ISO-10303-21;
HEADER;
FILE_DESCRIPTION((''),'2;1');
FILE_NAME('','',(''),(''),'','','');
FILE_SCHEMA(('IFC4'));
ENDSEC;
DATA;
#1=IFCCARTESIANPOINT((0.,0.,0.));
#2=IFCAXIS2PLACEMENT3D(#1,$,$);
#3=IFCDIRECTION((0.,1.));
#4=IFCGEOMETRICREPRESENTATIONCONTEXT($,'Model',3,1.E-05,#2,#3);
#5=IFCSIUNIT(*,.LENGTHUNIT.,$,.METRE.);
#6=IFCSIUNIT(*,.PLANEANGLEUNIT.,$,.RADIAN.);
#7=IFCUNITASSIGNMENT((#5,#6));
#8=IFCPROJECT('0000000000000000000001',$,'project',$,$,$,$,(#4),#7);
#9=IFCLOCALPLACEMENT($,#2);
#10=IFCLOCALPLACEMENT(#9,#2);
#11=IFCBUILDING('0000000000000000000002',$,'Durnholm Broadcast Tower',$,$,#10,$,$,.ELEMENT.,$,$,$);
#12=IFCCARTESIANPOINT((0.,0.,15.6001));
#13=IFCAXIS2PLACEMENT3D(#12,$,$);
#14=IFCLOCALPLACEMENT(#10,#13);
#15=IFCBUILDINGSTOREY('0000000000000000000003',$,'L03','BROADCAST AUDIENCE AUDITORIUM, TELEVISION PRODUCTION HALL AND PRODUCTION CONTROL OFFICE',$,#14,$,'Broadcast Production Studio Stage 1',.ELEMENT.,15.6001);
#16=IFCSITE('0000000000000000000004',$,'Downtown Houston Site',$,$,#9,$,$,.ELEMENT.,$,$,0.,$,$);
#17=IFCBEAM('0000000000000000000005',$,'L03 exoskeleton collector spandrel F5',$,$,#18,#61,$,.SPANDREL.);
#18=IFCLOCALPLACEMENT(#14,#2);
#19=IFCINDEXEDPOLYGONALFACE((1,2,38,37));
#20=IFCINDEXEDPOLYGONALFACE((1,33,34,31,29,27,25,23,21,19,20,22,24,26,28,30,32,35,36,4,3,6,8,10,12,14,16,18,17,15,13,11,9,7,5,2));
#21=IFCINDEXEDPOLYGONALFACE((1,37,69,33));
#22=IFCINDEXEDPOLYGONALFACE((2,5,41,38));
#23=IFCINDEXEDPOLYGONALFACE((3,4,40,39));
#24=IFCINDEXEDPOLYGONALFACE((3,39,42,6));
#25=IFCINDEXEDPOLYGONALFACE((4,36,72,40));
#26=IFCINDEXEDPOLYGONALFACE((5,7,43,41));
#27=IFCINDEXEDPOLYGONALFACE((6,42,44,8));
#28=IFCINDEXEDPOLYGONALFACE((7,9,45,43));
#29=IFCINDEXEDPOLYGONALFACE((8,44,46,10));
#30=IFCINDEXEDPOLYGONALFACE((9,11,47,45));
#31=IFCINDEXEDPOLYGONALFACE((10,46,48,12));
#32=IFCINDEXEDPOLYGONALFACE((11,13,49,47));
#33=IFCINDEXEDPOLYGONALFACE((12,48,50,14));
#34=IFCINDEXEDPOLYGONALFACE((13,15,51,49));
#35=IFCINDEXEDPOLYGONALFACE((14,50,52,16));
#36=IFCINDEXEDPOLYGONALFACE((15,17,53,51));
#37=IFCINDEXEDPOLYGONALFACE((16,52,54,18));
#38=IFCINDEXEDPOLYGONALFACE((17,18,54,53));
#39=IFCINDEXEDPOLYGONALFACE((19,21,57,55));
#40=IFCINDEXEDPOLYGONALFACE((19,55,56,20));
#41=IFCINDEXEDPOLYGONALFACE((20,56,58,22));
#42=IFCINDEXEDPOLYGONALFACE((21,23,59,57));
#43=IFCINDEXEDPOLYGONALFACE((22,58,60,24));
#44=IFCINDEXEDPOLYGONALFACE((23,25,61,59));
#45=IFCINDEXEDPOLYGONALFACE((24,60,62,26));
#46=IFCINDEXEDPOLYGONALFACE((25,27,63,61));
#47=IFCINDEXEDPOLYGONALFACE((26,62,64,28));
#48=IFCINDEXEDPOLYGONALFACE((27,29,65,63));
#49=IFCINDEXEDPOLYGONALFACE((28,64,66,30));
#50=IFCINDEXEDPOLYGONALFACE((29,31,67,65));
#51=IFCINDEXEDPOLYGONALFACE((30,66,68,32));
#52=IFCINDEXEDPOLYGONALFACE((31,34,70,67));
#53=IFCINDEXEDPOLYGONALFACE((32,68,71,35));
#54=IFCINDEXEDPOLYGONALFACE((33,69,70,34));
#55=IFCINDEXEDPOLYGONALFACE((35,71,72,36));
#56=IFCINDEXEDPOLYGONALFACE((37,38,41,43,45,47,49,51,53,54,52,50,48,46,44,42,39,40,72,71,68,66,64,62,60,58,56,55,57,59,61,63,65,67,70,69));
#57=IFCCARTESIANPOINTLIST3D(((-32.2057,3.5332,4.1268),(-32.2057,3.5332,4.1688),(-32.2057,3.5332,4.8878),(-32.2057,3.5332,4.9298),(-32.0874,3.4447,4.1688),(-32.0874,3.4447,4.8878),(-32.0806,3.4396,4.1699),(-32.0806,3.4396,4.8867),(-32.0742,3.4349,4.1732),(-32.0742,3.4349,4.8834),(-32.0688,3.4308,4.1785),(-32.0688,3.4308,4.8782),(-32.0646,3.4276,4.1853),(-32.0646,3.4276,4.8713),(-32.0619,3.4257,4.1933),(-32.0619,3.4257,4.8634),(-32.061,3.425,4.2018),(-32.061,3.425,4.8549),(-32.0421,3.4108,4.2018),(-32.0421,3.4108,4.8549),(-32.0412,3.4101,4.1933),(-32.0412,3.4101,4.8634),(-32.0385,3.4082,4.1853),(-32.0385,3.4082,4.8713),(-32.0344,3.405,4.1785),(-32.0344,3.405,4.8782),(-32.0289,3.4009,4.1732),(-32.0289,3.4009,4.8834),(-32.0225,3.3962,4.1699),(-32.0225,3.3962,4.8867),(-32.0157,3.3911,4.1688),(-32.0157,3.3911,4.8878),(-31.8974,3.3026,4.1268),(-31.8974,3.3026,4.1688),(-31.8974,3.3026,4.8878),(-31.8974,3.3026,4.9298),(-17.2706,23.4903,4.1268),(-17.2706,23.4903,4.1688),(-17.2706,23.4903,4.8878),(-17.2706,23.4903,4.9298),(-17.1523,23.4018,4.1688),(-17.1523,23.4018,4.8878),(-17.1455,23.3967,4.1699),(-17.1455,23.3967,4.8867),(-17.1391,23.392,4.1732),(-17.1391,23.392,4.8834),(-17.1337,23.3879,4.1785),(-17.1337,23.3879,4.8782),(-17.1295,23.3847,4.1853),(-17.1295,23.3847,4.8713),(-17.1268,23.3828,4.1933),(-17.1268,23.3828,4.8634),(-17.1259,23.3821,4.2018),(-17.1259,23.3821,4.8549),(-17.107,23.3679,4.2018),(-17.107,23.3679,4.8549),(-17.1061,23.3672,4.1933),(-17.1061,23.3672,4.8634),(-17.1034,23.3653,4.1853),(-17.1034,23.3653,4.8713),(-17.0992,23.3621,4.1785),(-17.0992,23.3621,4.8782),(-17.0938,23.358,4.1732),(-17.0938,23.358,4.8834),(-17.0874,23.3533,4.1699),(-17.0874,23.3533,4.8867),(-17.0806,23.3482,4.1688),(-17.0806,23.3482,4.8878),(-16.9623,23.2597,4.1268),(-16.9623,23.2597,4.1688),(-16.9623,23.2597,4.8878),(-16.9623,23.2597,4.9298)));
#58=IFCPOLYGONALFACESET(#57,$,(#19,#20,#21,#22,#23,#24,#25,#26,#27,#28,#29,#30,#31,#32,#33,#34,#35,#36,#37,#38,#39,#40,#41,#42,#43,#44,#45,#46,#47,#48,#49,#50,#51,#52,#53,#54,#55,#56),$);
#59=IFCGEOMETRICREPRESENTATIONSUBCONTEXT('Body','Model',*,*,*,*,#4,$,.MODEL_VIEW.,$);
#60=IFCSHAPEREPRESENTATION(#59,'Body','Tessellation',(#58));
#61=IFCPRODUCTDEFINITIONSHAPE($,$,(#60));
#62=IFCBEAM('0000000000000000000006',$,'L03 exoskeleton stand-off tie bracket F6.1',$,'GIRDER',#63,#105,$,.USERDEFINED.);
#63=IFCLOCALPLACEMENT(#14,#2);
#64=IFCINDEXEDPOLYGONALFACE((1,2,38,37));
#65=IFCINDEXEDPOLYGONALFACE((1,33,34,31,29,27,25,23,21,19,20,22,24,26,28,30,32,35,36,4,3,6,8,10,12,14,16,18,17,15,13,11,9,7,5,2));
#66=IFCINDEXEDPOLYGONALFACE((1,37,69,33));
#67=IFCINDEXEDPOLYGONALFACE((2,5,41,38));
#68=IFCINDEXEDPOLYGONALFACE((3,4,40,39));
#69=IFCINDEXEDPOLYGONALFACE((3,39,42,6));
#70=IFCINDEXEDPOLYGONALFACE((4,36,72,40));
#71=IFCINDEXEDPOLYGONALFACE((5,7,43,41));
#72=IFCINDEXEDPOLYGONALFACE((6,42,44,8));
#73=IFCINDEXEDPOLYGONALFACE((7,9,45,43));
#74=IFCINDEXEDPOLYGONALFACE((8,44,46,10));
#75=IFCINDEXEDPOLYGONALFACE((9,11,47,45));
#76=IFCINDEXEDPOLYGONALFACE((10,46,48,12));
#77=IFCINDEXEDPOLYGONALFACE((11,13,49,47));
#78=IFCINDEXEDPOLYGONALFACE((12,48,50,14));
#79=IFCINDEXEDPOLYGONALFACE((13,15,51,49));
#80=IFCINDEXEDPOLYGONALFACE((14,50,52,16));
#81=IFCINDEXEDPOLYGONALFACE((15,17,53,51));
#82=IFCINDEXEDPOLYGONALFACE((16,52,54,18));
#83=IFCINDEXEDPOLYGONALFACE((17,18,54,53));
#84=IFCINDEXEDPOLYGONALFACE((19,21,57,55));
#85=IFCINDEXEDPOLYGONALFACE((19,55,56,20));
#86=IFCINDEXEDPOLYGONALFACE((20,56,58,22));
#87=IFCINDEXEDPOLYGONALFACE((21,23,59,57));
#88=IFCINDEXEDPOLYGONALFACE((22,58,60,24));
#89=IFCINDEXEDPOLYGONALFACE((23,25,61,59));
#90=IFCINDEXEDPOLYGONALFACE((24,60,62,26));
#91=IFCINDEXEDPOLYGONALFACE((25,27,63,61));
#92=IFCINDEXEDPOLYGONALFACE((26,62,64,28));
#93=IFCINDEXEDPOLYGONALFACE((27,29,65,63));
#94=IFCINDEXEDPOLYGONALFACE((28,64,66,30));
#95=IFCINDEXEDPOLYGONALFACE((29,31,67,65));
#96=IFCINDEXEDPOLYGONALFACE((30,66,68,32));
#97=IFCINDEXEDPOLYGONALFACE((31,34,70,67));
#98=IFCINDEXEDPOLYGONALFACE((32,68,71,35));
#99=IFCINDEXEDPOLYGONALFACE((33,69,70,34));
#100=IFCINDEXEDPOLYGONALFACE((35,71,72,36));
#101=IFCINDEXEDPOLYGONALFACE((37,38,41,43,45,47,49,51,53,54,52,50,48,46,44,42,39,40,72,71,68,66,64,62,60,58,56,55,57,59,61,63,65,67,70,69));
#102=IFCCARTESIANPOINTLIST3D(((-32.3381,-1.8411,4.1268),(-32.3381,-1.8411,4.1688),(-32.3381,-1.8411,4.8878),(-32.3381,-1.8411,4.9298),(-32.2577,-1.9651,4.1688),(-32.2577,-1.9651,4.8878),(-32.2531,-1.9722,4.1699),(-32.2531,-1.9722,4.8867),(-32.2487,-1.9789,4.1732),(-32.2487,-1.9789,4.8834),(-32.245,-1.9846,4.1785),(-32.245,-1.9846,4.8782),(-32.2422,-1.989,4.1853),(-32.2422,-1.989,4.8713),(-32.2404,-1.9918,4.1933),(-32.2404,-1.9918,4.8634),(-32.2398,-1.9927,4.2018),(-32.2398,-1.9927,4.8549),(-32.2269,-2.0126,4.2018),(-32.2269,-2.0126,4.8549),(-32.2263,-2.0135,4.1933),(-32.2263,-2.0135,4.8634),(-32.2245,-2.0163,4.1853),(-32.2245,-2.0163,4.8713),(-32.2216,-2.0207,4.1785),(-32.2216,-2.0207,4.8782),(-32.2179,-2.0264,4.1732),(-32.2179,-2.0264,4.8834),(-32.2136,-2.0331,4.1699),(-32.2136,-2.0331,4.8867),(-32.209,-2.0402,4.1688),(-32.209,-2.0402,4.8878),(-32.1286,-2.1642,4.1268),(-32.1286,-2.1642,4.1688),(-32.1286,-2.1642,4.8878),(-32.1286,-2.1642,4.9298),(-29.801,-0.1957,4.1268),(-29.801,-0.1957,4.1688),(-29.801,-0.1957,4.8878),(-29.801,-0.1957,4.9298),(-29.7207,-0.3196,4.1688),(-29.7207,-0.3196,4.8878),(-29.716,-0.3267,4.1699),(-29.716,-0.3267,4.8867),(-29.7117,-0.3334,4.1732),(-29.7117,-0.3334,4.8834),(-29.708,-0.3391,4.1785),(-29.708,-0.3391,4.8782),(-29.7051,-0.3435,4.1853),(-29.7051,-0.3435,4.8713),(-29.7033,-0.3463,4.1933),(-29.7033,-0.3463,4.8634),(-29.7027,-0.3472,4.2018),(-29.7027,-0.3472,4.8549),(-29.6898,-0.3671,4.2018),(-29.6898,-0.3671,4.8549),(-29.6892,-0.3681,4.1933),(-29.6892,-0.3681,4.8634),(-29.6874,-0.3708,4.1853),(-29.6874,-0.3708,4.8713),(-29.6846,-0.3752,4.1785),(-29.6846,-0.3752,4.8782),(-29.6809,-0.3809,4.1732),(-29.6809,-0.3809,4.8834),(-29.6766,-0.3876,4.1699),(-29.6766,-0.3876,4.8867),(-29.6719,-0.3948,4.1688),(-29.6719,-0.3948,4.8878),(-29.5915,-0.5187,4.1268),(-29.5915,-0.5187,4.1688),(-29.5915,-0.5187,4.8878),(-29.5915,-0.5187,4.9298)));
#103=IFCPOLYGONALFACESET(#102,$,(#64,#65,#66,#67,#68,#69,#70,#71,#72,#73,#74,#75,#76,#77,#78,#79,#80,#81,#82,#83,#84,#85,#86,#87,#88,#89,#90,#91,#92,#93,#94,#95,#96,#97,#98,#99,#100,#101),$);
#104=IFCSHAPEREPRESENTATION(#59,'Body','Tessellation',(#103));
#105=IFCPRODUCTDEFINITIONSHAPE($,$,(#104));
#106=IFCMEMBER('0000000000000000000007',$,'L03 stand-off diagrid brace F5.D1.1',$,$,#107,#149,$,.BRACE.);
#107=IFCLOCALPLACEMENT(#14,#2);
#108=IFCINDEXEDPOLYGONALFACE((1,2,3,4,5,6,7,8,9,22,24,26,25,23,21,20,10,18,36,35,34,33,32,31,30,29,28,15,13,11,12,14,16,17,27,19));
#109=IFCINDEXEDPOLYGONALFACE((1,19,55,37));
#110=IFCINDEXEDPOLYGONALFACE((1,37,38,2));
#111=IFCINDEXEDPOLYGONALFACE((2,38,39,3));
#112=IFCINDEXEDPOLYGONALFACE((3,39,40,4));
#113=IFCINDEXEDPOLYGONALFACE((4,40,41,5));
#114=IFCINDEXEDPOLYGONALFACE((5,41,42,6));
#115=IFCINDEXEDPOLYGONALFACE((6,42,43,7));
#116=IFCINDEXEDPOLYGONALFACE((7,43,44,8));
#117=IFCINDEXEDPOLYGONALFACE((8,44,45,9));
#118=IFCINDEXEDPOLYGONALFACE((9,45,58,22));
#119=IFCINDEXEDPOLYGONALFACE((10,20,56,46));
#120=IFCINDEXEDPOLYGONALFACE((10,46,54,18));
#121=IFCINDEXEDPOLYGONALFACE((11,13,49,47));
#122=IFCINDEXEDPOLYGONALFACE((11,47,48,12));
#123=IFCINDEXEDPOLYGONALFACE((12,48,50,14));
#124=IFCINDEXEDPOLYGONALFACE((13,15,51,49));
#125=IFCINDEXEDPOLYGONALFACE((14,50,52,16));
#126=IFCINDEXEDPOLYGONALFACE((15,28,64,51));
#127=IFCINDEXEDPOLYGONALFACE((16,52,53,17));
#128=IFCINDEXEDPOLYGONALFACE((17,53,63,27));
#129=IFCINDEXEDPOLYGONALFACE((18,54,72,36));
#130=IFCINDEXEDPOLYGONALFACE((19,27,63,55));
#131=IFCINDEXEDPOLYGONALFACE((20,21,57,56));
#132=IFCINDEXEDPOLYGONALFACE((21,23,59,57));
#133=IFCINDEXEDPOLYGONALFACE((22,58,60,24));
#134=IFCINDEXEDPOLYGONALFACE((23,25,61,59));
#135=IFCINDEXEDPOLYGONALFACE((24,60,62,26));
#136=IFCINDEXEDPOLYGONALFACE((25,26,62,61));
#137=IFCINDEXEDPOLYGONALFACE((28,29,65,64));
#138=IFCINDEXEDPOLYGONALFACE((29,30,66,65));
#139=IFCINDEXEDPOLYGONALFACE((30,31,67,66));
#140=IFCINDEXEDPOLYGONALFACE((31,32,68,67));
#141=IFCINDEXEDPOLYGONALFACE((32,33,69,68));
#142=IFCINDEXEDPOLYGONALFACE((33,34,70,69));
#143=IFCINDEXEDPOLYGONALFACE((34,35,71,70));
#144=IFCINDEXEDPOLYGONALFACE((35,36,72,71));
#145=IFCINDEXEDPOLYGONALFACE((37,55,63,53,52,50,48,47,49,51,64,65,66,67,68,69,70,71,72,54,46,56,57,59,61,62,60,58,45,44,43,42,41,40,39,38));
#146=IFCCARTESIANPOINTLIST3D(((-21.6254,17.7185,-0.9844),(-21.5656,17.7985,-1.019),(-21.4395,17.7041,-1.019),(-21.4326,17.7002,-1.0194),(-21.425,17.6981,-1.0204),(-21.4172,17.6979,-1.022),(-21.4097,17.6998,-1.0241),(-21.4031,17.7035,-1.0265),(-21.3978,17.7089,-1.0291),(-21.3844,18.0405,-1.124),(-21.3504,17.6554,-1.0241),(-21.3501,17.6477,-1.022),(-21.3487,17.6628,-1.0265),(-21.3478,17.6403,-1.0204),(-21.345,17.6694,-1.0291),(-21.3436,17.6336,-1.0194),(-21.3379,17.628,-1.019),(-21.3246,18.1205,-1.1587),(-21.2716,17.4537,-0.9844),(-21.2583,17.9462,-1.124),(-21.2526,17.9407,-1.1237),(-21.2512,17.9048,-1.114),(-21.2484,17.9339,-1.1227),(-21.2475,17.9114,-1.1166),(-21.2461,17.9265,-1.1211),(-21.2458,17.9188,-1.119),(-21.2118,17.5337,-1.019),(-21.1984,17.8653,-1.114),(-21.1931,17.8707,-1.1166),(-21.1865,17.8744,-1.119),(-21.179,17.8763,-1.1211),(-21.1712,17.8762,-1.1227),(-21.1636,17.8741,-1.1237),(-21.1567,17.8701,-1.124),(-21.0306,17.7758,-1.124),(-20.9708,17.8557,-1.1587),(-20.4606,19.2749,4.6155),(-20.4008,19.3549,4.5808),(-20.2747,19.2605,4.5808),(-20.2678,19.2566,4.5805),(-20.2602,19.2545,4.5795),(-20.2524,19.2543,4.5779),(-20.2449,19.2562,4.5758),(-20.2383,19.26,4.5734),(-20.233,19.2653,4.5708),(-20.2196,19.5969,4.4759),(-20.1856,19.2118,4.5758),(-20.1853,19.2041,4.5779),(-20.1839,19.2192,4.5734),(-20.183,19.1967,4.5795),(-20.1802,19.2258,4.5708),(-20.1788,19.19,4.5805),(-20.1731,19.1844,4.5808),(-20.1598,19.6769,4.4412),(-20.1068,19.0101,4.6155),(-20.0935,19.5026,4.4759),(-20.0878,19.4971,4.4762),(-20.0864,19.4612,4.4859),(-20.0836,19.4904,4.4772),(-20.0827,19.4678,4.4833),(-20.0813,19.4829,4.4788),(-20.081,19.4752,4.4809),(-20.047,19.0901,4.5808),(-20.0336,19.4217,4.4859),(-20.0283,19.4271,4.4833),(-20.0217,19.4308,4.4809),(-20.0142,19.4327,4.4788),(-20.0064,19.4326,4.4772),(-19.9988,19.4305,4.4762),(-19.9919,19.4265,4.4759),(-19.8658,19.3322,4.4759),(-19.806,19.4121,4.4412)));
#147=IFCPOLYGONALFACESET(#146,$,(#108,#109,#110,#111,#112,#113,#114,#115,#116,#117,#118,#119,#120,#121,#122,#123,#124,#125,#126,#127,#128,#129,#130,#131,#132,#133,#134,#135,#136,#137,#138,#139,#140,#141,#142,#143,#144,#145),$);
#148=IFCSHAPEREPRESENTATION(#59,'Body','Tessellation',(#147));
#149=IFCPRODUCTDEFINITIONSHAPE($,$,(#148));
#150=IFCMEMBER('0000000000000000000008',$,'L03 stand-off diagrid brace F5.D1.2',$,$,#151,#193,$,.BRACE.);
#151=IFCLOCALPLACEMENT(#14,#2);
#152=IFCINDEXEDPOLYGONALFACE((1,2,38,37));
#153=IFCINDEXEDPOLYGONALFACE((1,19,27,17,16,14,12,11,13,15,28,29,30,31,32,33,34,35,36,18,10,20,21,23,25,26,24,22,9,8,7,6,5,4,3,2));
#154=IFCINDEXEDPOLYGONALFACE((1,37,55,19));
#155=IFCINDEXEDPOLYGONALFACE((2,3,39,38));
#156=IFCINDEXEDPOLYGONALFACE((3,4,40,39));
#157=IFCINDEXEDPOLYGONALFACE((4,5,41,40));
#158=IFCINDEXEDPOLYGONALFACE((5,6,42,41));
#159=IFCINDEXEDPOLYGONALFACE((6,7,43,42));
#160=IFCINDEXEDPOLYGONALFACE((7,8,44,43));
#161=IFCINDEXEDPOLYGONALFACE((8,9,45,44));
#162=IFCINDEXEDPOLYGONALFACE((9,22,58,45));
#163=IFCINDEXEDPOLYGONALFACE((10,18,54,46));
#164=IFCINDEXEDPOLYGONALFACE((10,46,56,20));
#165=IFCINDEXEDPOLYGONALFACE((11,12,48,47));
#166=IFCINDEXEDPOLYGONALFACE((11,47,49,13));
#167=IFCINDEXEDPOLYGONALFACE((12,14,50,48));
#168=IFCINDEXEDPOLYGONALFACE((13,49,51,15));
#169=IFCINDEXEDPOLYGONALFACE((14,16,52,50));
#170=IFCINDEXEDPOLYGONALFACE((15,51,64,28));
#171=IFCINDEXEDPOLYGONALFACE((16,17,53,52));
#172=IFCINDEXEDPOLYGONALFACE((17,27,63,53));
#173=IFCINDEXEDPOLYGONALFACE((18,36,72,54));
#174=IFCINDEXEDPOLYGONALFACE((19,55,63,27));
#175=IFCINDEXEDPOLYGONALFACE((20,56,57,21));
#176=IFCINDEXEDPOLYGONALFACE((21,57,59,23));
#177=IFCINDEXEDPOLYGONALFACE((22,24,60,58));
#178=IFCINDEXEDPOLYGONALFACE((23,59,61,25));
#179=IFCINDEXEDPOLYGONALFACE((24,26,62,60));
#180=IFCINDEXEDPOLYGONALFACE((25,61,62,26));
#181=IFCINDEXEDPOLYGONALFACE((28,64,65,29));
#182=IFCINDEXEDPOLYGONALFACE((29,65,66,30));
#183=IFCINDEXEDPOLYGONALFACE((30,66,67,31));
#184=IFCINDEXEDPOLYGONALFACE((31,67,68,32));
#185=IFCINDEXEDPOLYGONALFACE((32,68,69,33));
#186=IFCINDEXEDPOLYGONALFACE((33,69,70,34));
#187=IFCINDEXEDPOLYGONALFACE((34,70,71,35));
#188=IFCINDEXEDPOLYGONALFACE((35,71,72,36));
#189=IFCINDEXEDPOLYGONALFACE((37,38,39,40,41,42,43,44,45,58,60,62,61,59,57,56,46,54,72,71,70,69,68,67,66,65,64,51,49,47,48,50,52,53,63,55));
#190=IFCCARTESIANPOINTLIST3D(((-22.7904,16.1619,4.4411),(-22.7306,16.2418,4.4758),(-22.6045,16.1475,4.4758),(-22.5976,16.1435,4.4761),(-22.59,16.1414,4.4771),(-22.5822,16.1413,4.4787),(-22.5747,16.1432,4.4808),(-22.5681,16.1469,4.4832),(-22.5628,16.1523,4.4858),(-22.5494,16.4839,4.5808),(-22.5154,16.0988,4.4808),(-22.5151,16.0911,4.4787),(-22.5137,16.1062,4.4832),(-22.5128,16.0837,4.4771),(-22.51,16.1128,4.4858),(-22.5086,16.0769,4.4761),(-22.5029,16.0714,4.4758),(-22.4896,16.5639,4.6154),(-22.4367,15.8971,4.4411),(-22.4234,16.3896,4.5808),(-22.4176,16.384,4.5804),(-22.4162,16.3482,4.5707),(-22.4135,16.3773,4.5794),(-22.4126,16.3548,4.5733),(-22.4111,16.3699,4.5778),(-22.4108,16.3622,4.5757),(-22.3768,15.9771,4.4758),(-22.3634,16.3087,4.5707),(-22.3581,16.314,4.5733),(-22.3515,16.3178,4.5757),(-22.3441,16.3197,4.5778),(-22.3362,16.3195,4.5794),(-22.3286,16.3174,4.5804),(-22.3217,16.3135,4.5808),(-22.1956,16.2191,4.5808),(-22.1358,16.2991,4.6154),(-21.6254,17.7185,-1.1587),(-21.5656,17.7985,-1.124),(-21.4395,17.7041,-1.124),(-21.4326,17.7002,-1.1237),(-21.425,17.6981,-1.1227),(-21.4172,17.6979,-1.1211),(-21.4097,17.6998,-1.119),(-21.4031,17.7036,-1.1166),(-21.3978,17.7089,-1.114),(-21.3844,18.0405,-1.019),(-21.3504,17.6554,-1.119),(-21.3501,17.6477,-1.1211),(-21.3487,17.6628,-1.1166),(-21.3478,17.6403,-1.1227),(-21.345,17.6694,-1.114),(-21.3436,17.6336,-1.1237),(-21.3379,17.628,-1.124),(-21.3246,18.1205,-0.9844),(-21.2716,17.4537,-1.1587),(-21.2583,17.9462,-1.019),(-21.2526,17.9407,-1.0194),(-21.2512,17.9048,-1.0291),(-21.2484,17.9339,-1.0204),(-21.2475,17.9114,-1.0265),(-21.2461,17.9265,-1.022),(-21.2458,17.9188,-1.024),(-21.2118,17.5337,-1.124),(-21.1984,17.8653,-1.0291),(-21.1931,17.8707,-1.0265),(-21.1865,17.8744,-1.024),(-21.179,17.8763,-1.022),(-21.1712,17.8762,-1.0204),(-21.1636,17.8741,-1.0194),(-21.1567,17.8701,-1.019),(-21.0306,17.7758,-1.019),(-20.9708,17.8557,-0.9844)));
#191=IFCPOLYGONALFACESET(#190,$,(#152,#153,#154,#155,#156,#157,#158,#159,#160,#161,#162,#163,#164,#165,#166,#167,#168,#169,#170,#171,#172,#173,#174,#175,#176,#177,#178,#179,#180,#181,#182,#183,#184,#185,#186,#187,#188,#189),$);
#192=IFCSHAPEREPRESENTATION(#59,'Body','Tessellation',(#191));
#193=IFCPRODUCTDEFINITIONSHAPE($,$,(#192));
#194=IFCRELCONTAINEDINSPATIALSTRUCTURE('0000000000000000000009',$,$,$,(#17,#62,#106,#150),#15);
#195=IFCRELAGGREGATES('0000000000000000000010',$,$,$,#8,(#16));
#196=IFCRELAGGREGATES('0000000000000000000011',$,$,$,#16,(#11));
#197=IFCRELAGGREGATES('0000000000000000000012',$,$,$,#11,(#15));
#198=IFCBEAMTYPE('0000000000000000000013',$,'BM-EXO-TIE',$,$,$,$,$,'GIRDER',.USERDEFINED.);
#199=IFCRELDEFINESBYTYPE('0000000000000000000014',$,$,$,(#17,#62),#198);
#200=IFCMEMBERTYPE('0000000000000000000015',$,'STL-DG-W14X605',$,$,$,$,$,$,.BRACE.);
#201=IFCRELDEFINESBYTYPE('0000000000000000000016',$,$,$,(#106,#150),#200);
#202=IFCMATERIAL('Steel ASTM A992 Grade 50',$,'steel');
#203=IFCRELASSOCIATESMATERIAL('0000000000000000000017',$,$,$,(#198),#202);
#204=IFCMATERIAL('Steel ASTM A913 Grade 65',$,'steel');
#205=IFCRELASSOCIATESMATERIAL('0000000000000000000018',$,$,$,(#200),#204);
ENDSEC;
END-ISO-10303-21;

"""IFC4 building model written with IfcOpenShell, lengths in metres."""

from ifc_helpers import new_model, si_unit, direction, frame, origin, origin_2d, place, context, subcontext, project, spatial, i_section, extrude, source, transform, mapped, material, material_profile, profile_set, type_object, type_shapes, element, save


model = new_model("IFC4")

# Units and contexts
model_context = context("Model", 3, precision=1e-05, world=origin(), true_north=direction((0.0, 1.0)))
body_context = subcontext(model_context, "Body", "Model", "MODEL_VIEW")
ifc_project = project(units=[si_unit("LENGTHUNIT", "METRE"), si_unit("PLANEANGLEUNIT", "RADIAN")], contexts=[model_context])

# Site, building, storey
site_placement = place(None, origin())
site = spatial("IfcSite", under=ifc_project, at=site_placement, Name="Downtown Houston Site", CompositionType="ELEMENT", RefElevation=0.0)
building_placement = place(site_placement, origin())
building = spatial("IfcBuilding", under=site, at=building_placement, Name="Durnholm Broadcast Tower", CompositionType="ELEMENT")
storey_placement = place(building_placement, frame((0.0, 0.0, 15.6001)))
storey = spatial("IfcBuildingStorey", under=building, at=storey_placement, Name="L03", Description="BROADCAST AUDIENCE AUDITORIUM, TELEVISION PRODUCTION HALL AND PRODUCTION CONTROL OFFICE", LongName="Broadcast Production Studio Stage 1", CompositionType="ELEMENT", Elevation=15.6001)

# Shared definitions
ifc_material_1 = material(Name="Steel ASTM A913 Grade 65", Category="steel")

# Beams
ifc_material_2 = material(Name="Steel ASTM A992 Grade 50", Category="steel")
ifc_material_profile_1 = material_profile(ifc_material_2, i_section(OverallWidth=0.385, OverallDepth=0.803, WebThickness=0.0237, FlangeThickness=0.042, FilletRadius=0.033, at=origin_2d()), Name="W30X261")
ifc_profile_set_1 = profile_set([ifc_material_profile_1], Name="Steel ASTM A992 Grade 50")
beam_type_1 = type_object("IfcBeamType", Name="BM-EXO-TIE", ElementType="GIRDER", PredefinedType="USERDEFINED", material=ifc_profile_set_1)
shared_shape_1 = source(origin(), body_context, "Body", "SweptSolid", [
    extrude(i_section(OverallWidth=0.385, OverallDepth=0.803, WebThickness=0.0237, FlangeThickness=0.042, FilletRadius=0.033, at=origin_2d()), origin(), (0.0, 0.0, 1.0), 24.9268),
])
beam_1_placement = place(storey_placement, frame((-17.1165, 23.375, 4.5283), z_axis=(-0.59916, -0.80063, 0.0), x_axis=(0.80063, -0.59916, 0.0)))
element("IfcBeam", 1, at=beam_1_placement, inside=storey, type_object=beam_type_1, Name="L03 exoskeleton collector spandrel F5", PredefinedType="SPANDREL", context=body_context, shape_type="MappedRepresentation", body=[
    mapped(shared_shape_1, transform((0.0, 0.0, 0.0), x_axis=(1.0, 0.0, 0.0), y_axis=(0.0, 1.0, 0.0), z_axis=(0.0, 0.0, 1.0), scale=1.0)),
])
shared_shape_2 = source(origin(), body_context, "Body", "SweptSolid", [
    extrude(i_section(OverallWidth=0.385, OverallDepth=0.803, WebThickness=0.0237, FlangeThickness=0.042, FilletRadius=0.033, at=origin_2d()), origin(), (0.0, 0.0, 1.0), 3.0239),
])
beam_2_placement = place(storey_placement, frame((-29.6963, -0.3572, 4.5283), z_axis=(-0.838989, -0.544148, 0.0), x_axis=(0.544148, -0.838989, 0.0)))
element("IfcBeam", 2, at=beam_2_placement, inside=storey, type_object=beam_type_1, Name="L03 exoskeleton stand-off tie bracket F6.1", ObjectType="GIRDER", PredefinedType="USERDEFINED", context=body_context, shape_type="MappedRepresentation", body=[
    mapped(shared_shape_2, transform((0.0, 0.0, 0.0), x_axis=(1.0, 0.0, 0.0), y_axis=(0.0, 1.0, 0.0), z_axis=(0.0, 0.0, 1.0), scale=1.0)),
])

# Members
ifc_material_profile_2 = material_profile(ifc_material_1, i_section(OverallWidth=0.4419, OverallDepth=0.5315, WebThickness=0.0659, FlangeThickness=0.1057, FilletRadius=0.0305, at=origin_2d()), Name="W14X605")
ifc_profile_set_2 = profile_set([ifc_material_profile_2], Name="Steel ASTM A913 Grade 65")
member_type_1 = type_object("IfcMemberType", Name="STL-DG-W14X605", PredefinedType="BRACE", material=ifc_profile_set_2)
shared_shape_3 = source(origin(), body_context, "Body", "SweptSolid", [
    extrude(i_section(OverallWidth=0.4419, OverallDepth=0.5315, WebThickness=0.0659, FlangeThickness=0.1057, FilletRadius=0.0305, at=origin_2d()), origin(), (0.0, 0.0, 1.0), 5.9277),
])
type_shapes(member_type_1, [shared_shape_3])
for number, where, z_axis, x_axis, name in (
    (3, (-21.2981, 17.7871, -1.0715), (0.196501, 0.262564, 0.944694), (-0.800617, 0.599176, 0.0), "L03 stand-off diagrid brace F5.D1.1"),
    (4, (-21.2981, 17.7871, -1.0715), (-0.196538, -0.2626, 0.944677), (0.800602, -0.599196, 0.0), "L03 stand-off diagrid brace F5.D1.2"),
):
    element("IfcMember", number, at=place(storey_placement, frame(where, z_axis=z_axis, x_axis=x_axis)), inside=storey, type_object=member_type_1, Name=name, PredefinedType="BRACE", context=body_context, shape_type="MappedRepresentation", body=[
        mapped(shared_shape_3, transform((0.0, 0.0, 0.0), x_axis=(1.0, 0.0, 0.0), y_axis=(0.0, 1.0, 0.0), z_axis=(0.0, 0.0, 1.0), scale=1.0)),
    ])

save(model, "model.ifc")
